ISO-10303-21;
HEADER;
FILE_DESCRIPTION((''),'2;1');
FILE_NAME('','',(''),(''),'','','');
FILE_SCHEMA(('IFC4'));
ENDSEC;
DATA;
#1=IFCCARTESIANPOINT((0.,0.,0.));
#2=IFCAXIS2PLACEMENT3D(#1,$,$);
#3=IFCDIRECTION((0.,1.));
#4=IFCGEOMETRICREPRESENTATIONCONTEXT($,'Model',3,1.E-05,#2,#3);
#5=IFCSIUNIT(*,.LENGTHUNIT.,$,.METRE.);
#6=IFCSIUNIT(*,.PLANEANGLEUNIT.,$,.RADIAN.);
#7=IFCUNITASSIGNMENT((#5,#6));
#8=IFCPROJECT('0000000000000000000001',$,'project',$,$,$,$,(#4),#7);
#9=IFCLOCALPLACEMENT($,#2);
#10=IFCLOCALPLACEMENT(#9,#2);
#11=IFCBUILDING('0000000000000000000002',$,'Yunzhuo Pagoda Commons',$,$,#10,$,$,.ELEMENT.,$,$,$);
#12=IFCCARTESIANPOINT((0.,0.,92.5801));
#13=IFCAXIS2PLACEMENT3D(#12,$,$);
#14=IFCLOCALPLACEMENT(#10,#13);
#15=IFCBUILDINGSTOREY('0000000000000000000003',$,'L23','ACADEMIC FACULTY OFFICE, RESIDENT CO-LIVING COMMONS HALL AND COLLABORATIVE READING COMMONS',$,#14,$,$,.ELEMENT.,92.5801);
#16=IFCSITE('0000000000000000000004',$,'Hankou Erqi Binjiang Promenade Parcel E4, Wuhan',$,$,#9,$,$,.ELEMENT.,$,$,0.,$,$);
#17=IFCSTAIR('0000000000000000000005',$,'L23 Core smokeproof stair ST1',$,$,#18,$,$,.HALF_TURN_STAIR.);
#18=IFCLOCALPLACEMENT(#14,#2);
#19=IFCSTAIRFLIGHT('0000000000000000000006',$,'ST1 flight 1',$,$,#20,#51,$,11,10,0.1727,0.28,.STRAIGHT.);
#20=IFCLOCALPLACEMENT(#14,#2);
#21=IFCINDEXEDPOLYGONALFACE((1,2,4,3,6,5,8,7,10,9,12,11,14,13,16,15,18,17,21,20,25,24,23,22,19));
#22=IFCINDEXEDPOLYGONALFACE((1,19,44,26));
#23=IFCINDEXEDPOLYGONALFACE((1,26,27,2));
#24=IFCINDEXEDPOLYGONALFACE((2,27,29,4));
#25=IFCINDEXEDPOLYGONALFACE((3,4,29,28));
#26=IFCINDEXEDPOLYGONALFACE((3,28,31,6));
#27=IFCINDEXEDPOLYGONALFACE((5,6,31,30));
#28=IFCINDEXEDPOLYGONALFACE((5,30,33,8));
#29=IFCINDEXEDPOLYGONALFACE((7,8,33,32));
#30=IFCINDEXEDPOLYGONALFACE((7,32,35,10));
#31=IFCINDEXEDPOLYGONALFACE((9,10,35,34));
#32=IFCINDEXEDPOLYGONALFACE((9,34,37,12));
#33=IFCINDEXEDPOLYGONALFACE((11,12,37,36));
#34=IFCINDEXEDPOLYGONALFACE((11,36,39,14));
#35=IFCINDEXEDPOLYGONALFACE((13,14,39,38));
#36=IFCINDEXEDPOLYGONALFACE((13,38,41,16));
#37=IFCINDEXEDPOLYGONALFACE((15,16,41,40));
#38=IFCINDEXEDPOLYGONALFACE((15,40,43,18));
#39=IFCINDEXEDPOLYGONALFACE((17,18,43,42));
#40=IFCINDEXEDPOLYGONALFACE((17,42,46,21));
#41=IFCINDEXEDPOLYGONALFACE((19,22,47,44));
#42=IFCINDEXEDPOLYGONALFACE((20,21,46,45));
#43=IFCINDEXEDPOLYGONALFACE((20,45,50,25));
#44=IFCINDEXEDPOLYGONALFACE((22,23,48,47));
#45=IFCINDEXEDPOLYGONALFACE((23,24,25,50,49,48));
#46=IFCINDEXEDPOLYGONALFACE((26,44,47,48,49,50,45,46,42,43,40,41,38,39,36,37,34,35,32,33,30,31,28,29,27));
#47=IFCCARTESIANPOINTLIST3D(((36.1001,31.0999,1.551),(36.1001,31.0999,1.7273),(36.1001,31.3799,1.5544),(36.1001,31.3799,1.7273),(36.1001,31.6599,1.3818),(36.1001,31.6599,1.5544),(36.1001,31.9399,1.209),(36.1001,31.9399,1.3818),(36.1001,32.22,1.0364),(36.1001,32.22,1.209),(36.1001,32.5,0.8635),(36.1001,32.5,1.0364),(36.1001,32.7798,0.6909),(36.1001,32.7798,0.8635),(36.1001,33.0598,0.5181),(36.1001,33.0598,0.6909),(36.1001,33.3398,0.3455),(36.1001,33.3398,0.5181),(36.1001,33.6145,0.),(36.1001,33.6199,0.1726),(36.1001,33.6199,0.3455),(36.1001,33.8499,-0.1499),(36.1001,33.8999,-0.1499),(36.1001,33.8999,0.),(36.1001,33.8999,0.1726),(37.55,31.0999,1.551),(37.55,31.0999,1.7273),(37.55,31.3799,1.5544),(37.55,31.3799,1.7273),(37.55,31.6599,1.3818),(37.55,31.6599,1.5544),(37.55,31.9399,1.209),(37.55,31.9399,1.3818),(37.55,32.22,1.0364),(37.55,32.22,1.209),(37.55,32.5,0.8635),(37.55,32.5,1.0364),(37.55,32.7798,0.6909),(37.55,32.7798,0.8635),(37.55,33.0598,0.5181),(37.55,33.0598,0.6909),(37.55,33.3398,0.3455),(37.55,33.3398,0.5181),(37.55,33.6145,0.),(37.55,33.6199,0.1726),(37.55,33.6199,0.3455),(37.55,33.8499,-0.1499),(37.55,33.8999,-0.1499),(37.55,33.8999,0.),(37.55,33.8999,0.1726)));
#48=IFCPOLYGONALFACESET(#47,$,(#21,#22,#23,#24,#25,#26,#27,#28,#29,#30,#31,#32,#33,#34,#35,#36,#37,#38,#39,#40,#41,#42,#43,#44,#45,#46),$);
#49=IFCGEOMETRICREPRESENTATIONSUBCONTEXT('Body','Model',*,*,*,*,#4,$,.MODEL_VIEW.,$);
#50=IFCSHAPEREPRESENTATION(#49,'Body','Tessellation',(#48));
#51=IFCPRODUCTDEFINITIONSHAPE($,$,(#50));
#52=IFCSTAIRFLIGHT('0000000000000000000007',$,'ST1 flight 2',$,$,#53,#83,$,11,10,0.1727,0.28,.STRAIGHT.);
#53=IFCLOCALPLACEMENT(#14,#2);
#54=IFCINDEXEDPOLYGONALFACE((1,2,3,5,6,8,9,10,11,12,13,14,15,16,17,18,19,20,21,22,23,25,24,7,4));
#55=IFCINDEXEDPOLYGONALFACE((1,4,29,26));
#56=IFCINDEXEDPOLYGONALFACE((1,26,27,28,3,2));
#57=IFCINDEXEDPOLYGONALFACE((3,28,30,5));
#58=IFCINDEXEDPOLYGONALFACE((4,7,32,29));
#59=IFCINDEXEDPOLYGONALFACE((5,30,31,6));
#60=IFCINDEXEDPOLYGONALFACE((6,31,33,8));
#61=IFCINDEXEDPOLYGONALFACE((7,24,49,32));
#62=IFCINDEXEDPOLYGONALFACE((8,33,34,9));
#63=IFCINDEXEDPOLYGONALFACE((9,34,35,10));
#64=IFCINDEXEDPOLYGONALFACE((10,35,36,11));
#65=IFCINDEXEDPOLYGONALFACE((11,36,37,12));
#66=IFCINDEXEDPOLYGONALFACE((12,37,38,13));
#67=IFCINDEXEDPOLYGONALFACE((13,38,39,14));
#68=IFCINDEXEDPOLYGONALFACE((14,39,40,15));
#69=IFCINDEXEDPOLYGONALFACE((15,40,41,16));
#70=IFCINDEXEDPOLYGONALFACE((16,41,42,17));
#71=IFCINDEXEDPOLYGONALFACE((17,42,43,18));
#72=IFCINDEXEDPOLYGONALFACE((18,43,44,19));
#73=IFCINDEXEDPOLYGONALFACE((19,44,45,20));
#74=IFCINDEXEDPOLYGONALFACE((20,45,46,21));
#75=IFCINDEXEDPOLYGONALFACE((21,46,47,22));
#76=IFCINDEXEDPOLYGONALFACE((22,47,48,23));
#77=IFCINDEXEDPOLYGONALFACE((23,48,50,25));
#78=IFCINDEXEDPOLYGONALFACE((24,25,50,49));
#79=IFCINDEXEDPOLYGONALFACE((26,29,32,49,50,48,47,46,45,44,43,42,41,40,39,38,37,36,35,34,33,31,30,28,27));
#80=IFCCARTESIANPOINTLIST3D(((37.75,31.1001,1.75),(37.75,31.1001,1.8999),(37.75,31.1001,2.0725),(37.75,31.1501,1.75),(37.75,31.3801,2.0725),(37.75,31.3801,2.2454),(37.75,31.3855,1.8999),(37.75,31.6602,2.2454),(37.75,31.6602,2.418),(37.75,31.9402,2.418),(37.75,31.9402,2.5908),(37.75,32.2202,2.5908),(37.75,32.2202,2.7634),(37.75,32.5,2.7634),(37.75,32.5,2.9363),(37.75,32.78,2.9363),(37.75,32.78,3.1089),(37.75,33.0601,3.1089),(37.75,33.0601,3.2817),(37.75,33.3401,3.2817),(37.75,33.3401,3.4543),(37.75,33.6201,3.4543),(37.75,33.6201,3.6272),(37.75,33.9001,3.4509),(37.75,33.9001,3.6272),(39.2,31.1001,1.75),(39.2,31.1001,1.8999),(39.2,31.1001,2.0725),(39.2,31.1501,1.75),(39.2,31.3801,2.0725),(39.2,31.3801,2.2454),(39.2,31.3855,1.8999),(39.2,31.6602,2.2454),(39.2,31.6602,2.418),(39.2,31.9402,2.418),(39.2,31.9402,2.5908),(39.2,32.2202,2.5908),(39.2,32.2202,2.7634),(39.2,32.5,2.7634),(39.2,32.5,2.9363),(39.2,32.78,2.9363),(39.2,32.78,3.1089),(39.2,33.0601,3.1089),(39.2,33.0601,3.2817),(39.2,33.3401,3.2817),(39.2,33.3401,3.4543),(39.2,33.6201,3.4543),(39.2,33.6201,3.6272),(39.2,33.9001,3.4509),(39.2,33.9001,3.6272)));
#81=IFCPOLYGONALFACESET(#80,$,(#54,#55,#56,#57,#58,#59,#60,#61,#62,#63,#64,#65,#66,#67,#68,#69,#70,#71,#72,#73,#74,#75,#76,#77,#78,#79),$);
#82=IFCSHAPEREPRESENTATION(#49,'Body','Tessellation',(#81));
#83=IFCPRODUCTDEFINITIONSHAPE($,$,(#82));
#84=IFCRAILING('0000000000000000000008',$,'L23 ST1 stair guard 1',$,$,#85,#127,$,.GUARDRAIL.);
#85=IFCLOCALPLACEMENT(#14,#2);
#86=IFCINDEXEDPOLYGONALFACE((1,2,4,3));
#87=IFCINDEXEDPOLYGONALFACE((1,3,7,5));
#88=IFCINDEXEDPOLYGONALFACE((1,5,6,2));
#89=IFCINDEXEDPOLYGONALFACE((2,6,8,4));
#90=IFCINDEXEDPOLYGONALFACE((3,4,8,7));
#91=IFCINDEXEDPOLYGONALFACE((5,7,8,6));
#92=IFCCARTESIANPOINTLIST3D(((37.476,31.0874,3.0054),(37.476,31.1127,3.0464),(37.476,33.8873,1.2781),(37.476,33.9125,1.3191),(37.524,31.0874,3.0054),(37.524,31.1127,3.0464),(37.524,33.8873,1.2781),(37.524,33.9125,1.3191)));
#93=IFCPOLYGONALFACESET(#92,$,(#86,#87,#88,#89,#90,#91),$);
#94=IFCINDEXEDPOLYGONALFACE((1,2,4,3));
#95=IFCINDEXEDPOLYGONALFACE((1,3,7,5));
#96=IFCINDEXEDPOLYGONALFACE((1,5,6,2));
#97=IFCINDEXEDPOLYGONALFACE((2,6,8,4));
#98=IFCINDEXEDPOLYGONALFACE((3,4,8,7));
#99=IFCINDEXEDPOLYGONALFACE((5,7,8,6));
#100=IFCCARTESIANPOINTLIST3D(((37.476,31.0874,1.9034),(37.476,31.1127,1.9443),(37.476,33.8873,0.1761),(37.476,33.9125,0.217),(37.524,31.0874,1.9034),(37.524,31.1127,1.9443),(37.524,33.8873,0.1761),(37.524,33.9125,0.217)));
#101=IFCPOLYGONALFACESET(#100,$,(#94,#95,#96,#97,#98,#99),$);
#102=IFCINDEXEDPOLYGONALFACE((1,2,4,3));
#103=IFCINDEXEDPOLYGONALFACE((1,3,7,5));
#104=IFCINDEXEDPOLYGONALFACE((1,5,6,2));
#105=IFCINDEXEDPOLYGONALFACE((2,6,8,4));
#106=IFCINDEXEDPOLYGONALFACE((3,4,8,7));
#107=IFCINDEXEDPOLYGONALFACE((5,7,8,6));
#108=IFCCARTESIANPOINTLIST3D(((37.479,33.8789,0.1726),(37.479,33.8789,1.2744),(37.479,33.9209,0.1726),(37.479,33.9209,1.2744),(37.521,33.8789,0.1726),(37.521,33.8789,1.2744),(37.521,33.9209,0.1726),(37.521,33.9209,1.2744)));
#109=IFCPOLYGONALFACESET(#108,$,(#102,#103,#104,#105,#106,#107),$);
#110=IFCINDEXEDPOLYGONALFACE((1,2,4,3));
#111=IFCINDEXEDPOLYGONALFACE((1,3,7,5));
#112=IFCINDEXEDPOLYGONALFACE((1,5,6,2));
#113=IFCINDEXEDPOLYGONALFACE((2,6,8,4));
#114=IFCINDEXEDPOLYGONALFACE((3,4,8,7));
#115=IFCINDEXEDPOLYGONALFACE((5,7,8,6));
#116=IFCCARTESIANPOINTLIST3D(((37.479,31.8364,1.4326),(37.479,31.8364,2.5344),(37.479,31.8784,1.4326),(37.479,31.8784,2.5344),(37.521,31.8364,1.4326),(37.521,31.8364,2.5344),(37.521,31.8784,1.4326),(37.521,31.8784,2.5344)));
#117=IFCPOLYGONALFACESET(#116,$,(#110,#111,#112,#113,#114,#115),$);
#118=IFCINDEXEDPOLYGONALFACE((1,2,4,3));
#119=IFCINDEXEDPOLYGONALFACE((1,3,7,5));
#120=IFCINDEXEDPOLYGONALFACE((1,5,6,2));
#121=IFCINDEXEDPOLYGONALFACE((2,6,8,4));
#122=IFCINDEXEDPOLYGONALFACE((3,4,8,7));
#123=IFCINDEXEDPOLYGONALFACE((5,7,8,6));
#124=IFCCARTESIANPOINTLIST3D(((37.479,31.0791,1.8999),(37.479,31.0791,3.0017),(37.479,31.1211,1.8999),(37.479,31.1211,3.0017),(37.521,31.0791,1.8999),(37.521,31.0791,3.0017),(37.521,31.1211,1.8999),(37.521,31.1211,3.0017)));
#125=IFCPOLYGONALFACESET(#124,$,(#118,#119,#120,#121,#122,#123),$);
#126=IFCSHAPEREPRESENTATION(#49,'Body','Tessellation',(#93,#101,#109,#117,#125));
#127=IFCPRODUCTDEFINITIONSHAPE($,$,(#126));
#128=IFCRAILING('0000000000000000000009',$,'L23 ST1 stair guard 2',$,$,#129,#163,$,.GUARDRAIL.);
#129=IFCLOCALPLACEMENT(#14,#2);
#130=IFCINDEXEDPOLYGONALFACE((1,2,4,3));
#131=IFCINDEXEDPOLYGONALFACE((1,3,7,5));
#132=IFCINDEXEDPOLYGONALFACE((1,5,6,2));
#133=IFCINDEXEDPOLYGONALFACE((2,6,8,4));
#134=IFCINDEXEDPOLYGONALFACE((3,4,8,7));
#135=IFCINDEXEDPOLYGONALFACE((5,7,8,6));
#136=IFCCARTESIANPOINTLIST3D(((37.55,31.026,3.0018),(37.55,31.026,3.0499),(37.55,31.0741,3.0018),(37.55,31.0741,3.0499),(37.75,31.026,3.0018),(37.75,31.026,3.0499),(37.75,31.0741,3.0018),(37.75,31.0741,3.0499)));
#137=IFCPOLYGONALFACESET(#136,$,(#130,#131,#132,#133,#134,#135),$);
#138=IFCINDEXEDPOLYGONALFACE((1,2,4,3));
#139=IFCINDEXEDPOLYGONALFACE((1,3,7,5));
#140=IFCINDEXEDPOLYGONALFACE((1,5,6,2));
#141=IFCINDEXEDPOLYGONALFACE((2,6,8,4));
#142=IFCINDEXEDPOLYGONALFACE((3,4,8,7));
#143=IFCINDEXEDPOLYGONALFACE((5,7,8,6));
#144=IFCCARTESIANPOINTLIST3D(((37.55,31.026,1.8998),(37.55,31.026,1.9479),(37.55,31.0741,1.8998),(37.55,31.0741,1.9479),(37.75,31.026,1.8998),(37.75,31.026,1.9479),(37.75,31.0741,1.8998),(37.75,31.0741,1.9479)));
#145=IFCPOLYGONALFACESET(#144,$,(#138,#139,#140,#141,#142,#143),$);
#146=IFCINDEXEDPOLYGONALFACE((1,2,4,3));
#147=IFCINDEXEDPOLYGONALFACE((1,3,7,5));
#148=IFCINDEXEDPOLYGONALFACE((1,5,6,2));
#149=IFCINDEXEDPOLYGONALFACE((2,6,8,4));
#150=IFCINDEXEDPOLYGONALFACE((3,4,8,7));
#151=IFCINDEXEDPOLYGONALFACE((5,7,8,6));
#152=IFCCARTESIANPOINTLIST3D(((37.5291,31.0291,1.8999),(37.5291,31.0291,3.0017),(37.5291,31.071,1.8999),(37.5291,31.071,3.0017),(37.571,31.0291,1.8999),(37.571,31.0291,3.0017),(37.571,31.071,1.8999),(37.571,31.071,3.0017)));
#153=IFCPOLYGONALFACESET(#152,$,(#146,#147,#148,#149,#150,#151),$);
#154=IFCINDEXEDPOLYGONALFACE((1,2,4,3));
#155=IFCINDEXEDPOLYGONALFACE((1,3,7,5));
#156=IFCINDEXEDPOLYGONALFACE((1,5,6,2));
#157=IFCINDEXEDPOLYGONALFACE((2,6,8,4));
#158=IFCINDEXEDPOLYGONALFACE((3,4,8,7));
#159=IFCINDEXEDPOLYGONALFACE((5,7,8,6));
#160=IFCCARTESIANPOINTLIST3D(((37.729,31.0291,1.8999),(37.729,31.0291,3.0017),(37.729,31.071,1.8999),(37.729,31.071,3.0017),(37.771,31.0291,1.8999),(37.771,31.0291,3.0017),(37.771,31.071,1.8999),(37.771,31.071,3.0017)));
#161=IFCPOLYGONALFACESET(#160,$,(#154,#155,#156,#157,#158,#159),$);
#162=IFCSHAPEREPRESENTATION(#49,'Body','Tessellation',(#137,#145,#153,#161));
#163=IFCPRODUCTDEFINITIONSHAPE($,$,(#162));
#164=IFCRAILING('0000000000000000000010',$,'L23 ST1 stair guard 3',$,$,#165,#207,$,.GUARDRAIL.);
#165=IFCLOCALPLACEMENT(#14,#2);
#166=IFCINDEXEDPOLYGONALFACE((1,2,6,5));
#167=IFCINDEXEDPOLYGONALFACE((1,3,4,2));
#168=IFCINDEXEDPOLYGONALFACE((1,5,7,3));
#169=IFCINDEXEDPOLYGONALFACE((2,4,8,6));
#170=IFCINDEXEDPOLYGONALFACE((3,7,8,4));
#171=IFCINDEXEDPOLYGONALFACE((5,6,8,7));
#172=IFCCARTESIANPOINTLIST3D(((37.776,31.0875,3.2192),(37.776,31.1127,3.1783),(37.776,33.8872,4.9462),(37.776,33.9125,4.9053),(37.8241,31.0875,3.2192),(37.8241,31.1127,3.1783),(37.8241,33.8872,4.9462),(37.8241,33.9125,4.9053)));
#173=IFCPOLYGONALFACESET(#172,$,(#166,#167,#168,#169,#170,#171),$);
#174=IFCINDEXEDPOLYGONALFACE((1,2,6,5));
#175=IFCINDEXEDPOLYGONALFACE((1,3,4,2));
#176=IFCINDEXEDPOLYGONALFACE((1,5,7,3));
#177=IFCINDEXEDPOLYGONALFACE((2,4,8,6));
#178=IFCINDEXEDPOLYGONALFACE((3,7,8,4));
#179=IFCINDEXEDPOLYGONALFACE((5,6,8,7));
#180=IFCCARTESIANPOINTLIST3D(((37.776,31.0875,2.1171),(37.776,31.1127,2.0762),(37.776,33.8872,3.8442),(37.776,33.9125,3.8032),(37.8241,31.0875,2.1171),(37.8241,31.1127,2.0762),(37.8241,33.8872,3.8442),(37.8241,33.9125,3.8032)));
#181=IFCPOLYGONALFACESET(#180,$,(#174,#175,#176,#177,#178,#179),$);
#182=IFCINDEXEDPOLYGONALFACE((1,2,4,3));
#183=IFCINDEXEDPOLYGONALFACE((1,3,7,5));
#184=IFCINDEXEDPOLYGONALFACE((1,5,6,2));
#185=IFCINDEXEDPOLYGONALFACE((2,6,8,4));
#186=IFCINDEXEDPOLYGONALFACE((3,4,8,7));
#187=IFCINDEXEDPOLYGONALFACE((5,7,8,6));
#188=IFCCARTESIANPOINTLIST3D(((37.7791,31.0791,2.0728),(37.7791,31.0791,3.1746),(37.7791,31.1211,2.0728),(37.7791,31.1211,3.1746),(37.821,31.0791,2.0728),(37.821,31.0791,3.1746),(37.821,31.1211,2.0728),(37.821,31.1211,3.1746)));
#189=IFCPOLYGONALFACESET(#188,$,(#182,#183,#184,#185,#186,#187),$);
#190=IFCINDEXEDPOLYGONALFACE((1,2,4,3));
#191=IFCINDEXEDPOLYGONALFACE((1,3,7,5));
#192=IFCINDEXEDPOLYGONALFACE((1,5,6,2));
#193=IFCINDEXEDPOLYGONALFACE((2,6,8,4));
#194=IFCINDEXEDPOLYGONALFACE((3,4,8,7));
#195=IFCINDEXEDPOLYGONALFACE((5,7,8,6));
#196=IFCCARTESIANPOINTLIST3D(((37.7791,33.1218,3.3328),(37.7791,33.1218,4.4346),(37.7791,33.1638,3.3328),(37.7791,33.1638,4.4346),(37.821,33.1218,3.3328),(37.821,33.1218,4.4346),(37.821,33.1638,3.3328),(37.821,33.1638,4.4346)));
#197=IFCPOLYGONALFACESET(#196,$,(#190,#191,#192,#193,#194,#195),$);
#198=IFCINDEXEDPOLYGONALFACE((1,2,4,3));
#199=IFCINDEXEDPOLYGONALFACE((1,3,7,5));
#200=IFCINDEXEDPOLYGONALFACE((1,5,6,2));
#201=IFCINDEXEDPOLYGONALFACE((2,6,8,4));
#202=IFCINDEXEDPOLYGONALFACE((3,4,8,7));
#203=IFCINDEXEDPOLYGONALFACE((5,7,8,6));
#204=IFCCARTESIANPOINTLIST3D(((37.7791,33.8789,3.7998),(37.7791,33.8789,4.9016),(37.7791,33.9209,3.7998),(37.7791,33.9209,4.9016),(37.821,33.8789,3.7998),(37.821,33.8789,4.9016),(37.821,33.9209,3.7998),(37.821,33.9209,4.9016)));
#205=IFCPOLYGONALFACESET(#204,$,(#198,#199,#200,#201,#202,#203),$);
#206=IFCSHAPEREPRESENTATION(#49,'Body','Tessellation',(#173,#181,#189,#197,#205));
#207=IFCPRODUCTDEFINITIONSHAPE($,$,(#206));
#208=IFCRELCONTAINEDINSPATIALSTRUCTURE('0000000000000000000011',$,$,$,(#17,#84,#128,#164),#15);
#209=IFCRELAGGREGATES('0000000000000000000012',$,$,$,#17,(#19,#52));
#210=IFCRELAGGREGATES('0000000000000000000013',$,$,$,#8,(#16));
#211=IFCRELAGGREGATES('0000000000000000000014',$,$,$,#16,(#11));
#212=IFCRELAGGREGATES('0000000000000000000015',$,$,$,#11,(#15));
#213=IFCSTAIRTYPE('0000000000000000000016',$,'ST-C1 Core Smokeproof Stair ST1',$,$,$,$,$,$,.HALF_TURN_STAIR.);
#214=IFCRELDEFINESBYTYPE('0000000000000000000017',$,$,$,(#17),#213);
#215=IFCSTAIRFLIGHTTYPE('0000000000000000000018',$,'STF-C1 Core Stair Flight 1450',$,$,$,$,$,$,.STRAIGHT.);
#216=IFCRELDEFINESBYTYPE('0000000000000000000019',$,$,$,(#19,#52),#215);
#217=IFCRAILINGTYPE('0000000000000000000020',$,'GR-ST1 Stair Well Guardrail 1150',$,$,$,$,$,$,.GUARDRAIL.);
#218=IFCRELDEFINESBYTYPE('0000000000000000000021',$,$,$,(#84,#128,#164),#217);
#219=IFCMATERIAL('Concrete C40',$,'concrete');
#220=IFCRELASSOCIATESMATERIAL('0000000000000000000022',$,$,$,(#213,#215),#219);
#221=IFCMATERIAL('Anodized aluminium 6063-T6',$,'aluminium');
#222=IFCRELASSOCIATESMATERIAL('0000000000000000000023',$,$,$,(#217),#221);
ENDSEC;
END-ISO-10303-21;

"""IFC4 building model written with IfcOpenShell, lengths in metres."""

from ifc_helpers import new_model, si_unit, direction, frame, origin, origin_2d, place, context, subcontext, project, spatial, polyline, rectangle, outline, extrude, source, transform, mapped, material, type_object, element, aggregate, save


model = new_model("IFC4")

# Units and contexts
model_context = context("Model", 3, precision=1e-05, world=origin(), true_north=direction((0.0, 1.0)))
body_context = subcontext(model_context, "Body", "Model", "MODEL_VIEW")
ifc_project = project(units=[si_unit("LENGTHUNIT", "METRE"), si_unit("PLANEANGLEUNIT", "RADIAN")], contexts=[model_context])

# Site, building, storey
site_placement = place(None, origin())
site = spatial("IfcSite", under=ifc_project, at=site_placement, Name="Hankou Erqi Binjiang Promenade Parcel E4, Wuhan", CompositionType="ELEMENT", RefElevation=0.0)
building_placement = place(site_placement, origin())
building = spatial("IfcBuilding", under=site, at=building_placement, Name="Yunzhuo Pagoda Commons", CompositionType="ELEMENT")
storey_placement = place(building_placement, frame((0.0, 0.0, 92.5801)))
storey = spatial("IfcBuildingStorey", under=building, at=storey_placement, Name="L23", Description="ACADEMIC FACULTY OFFICE, RESIDENT CO-LIVING COMMONS HALL AND COLLABORATIVE READING COMMONS", CompositionType="ELEMENT", Elevation=92.5801)

# Shared definitions
ifc_material_1 = material(Name="Concrete C40", Category="concrete")

# Stair, stair flights
stair_type = type_object("IfcStairType", Name="ST-C1 Core Smokeproof Stair ST1", PredefinedType="HALF_TURN_STAIR", material=ifc_material_1)
stair_placement = place(storey_placement, origin())
stair = element("IfcStair", 1, at=stair_placement, inside=storey, type_object=stair_type, Name="L23 Core smokeproof stair ST1", PredefinedType="HALF_TURN_STAIR")
stair_flight_type = type_object("IfcStairFlightType", Name="STF-C1 Core Stair Flight 1450", PredefinedType="STRAIGHT", material=ifc_material_1)
shared_shape_1 = source(origin(), body_context, "Body", "SweptSolid", [
    extrude(outline(polyline([(0.0, -0.1499), (0.0, 0.0), (0.0, 0.1726), (0.28, 0.1726), (0.28, 0.3455), (0.5601, 0.3455), (0.5601, 0.5181), (0.8401, 0.5181), (0.8401, 0.6909), (1.1201, 0.6909), (1.1201, 0.8635), (1.3999, 0.8635), (1.3999, 1.0364), (1.6799, 1.0364), (1.6799, 1.209), (1.96, 1.209), (1.96, 1.3818), (2.24, 1.3818), (2.24, 1.5544), (2.52, 1.5544), (2.52, 1.7273), (2.8, 1.7273), (2.8, 1.8999), (2.8, 1.551), (0.2854, 0.0), (0.05, -0.1499), (0.0, -0.1499)])), frame((0.0, 0.7251, 0.0), z_axis=(0.0, -1.0, 0.0), x_axis=(1.0, 0.0, 0.0)), (0.0, 0.0, 1.0), 1.45),
])
stair_flight_1_placement = place(storey_placement, frame((36.825, 33.8999, 0.0), z_axis=(0.0, 0.0, 1.0), x_axis=(0.0, -1.0, 0.0)))
stair_flight_1 = element("IfcStairFlight", 2, at=stair_flight_1_placement, type_object=stair_flight_type, Name="ST1 flight 1", NumberOfRisers=11, NumberOfTreads=10, PredefinedType="STRAIGHT", RiserHeight=0.1727, TreadLength=0.28, context=body_context, shape_type="MappedRepresentation", body=[
    mapped(shared_shape_1, transform((0.0, 0.0, 0.0), scale=1.0)),
])
stair_flight_2_placement = place(storey_placement, frame((38.4751, 31.1001, 1.8999), z_axis=(0.0, 0.0, 1.0), x_axis=(0.0, 1.0, 0.0)))
stair_flight_2 = element("IfcStairFlight", 3, at=stair_flight_2_placement, type_object=stair_flight_type, Name="ST1 flight 2", NumberOfRisers=11, NumberOfTreads=10, PredefinedType="STRAIGHT", RiserHeight=0.1727, TreadLength=0.28, context=body_context, shape_type="MappedRepresentation", body=[
    mapped(shared_shape_1, transform((0.0, 0.0, 0.0), scale=1.0)),
])
aggregate(stair, [stair_flight_1, stair_flight_2])

# Railings
ifc_material_2 = material(Name="Anodized aluminium 6063-T6", Category="aluminium")
railing_type_1 = type_object("IfcRailingType", Name="GR-ST1 Stair Well Guardrail 1150", PredefinedType="GUARDRAIL", material=ifc_material_2)
railing_1_placement = place(storey_placement, frame((37.5, 33.8999, 0.1726)))
element("IfcRailing", 4, at=railing_1_placement, inside=storey, type_object=railing_type_1, Name="L23 ST1 stair guard 1", PredefinedType="GUARDRAIL", context=body_context, shape_type="SweptSolid", body=[
    extrude(rectangle(XDim=0.0481, YDim=0.0481, at=origin_2d()), frame((0.0, 0.0, 1.126), z_axis=(0.0, -0.851069, 0.525054), x_axis=(1.0, 0.0, 0.0)), (0.0, 0.0, 1.0), 3.2898),
    extrude(rectangle(XDim=0.0481, YDim=0.0481, at=origin_2d()), frame((0.0, 0.0, 0.0239), z_axis=(0.0, -0.851069, 0.525054), x_axis=(1.0, 0.0, 0.0)), (0.0, 0.0, 1.0), 3.2898),
    extrude(rectangle(XDim=0.042, YDim=0.042, at=origin_2d()), origin(), (0.0, 0.0, 1.0), 1.1018),
    extrude(rectangle(XDim=0.042, YDim=0.042, at=origin_2d()), frame((0.0, -2.0425, 1.26)), (0.0, 0.0, 1.0), 1.1018),
    extrude(rectangle(XDim=0.042, YDim=0.042, at=origin_2d()), frame((0.0, -2.7998, 1.7273)), (0.0, 0.0, 1.0), 1.1018),
])
railing_2_placement = place(storey_placement, frame((37.55, 31.05, 1.8999)))
element("IfcRailing", 5, at=railing_2_placement, inside=storey, type_object=railing_type_1, Name="L23 ST1 stair guard 2", PredefinedType="GUARDRAIL", context=body_context, shape_type="SweptSolid", body=[
    extrude(rectangle(XDim=0.0481, YDim=0.0481, at=origin_2d()), frame((0.0, 0.0, 1.126), z_axis=(1.0, 0.0, 0.0), x_axis=(0.0, 1.0, 0.0)), (0.0, 0.0, 1.0), 0.2),
    extrude(rectangle(XDim=0.0481, YDim=0.0481, at=origin_2d()), frame((0.0, 0.0, 0.0239), z_axis=(1.0, 0.0, 0.0), x_axis=(0.0, 1.0, 0.0)), (0.0, 0.0, 1.0), 0.2),
    extrude(rectangle(XDim=0.042, YDim=0.042, at=origin_2d()), origin(), (0.0, 0.0, 1.0), 1.1018),
    extrude(rectangle(XDim=0.042, YDim=0.042, at=origin_2d()), frame((0.2, 0.0, 0.0)), (0.0, 0.0, 1.0), 1.1018),
])
railing_3_placement = place(storey_placement, frame((37.8, 31.1001, 2.0728)))
element("IfcRailing", 6, at=railing_3_placement, inside=storey, type_object=railing_type_1, Name="L23 ST1 stair guard 3", PredefinedType="GUARDRAIL", context=body_context, shape_type="SweptSolid", body=[
    extrude(rectangle(XDim=0.0481, YDim=0.0481, at=origin_2d()), frame((0.0, 0.0, 1.126), z_axis=(0.0, 0.851102, 0.525), x_axis=(-1.0, 0.0, 0.0)), (0.0, 0.0, 1.0), 3.2896),
    extrude(rectangle(XDim=0.0481, YDim=0.0481, at=origin_2d()), frame((0.0, 0.0, 0.0239), z_axis=(0.0, 0.851102, 0.525), x_axis=(-1.0, 0.0, 0.0)), (0.0, 0.0, 1.0), 3.2896),
    extrude(rectangle(XDim=0.042, YDim=0.042, at=origin_2d()), origin(), (0.0, 0.0, 1.0), 1.1018),
    extrude(rectangle(XDim=0.042, YDim=0.042, at=origin_2d()), frame((0.0, 2.0427, 1.26)), (0.0, 0.0, 1.0), 1.1018),
    extrude(rectangle(XDim=0.042, YDim=0.042, at=origin_2d()), frame((0.0, 2.7998, 1.7271)), (0.0, 0.0, 1.0), 1.1018),
])

save(model, "model.ifc")
